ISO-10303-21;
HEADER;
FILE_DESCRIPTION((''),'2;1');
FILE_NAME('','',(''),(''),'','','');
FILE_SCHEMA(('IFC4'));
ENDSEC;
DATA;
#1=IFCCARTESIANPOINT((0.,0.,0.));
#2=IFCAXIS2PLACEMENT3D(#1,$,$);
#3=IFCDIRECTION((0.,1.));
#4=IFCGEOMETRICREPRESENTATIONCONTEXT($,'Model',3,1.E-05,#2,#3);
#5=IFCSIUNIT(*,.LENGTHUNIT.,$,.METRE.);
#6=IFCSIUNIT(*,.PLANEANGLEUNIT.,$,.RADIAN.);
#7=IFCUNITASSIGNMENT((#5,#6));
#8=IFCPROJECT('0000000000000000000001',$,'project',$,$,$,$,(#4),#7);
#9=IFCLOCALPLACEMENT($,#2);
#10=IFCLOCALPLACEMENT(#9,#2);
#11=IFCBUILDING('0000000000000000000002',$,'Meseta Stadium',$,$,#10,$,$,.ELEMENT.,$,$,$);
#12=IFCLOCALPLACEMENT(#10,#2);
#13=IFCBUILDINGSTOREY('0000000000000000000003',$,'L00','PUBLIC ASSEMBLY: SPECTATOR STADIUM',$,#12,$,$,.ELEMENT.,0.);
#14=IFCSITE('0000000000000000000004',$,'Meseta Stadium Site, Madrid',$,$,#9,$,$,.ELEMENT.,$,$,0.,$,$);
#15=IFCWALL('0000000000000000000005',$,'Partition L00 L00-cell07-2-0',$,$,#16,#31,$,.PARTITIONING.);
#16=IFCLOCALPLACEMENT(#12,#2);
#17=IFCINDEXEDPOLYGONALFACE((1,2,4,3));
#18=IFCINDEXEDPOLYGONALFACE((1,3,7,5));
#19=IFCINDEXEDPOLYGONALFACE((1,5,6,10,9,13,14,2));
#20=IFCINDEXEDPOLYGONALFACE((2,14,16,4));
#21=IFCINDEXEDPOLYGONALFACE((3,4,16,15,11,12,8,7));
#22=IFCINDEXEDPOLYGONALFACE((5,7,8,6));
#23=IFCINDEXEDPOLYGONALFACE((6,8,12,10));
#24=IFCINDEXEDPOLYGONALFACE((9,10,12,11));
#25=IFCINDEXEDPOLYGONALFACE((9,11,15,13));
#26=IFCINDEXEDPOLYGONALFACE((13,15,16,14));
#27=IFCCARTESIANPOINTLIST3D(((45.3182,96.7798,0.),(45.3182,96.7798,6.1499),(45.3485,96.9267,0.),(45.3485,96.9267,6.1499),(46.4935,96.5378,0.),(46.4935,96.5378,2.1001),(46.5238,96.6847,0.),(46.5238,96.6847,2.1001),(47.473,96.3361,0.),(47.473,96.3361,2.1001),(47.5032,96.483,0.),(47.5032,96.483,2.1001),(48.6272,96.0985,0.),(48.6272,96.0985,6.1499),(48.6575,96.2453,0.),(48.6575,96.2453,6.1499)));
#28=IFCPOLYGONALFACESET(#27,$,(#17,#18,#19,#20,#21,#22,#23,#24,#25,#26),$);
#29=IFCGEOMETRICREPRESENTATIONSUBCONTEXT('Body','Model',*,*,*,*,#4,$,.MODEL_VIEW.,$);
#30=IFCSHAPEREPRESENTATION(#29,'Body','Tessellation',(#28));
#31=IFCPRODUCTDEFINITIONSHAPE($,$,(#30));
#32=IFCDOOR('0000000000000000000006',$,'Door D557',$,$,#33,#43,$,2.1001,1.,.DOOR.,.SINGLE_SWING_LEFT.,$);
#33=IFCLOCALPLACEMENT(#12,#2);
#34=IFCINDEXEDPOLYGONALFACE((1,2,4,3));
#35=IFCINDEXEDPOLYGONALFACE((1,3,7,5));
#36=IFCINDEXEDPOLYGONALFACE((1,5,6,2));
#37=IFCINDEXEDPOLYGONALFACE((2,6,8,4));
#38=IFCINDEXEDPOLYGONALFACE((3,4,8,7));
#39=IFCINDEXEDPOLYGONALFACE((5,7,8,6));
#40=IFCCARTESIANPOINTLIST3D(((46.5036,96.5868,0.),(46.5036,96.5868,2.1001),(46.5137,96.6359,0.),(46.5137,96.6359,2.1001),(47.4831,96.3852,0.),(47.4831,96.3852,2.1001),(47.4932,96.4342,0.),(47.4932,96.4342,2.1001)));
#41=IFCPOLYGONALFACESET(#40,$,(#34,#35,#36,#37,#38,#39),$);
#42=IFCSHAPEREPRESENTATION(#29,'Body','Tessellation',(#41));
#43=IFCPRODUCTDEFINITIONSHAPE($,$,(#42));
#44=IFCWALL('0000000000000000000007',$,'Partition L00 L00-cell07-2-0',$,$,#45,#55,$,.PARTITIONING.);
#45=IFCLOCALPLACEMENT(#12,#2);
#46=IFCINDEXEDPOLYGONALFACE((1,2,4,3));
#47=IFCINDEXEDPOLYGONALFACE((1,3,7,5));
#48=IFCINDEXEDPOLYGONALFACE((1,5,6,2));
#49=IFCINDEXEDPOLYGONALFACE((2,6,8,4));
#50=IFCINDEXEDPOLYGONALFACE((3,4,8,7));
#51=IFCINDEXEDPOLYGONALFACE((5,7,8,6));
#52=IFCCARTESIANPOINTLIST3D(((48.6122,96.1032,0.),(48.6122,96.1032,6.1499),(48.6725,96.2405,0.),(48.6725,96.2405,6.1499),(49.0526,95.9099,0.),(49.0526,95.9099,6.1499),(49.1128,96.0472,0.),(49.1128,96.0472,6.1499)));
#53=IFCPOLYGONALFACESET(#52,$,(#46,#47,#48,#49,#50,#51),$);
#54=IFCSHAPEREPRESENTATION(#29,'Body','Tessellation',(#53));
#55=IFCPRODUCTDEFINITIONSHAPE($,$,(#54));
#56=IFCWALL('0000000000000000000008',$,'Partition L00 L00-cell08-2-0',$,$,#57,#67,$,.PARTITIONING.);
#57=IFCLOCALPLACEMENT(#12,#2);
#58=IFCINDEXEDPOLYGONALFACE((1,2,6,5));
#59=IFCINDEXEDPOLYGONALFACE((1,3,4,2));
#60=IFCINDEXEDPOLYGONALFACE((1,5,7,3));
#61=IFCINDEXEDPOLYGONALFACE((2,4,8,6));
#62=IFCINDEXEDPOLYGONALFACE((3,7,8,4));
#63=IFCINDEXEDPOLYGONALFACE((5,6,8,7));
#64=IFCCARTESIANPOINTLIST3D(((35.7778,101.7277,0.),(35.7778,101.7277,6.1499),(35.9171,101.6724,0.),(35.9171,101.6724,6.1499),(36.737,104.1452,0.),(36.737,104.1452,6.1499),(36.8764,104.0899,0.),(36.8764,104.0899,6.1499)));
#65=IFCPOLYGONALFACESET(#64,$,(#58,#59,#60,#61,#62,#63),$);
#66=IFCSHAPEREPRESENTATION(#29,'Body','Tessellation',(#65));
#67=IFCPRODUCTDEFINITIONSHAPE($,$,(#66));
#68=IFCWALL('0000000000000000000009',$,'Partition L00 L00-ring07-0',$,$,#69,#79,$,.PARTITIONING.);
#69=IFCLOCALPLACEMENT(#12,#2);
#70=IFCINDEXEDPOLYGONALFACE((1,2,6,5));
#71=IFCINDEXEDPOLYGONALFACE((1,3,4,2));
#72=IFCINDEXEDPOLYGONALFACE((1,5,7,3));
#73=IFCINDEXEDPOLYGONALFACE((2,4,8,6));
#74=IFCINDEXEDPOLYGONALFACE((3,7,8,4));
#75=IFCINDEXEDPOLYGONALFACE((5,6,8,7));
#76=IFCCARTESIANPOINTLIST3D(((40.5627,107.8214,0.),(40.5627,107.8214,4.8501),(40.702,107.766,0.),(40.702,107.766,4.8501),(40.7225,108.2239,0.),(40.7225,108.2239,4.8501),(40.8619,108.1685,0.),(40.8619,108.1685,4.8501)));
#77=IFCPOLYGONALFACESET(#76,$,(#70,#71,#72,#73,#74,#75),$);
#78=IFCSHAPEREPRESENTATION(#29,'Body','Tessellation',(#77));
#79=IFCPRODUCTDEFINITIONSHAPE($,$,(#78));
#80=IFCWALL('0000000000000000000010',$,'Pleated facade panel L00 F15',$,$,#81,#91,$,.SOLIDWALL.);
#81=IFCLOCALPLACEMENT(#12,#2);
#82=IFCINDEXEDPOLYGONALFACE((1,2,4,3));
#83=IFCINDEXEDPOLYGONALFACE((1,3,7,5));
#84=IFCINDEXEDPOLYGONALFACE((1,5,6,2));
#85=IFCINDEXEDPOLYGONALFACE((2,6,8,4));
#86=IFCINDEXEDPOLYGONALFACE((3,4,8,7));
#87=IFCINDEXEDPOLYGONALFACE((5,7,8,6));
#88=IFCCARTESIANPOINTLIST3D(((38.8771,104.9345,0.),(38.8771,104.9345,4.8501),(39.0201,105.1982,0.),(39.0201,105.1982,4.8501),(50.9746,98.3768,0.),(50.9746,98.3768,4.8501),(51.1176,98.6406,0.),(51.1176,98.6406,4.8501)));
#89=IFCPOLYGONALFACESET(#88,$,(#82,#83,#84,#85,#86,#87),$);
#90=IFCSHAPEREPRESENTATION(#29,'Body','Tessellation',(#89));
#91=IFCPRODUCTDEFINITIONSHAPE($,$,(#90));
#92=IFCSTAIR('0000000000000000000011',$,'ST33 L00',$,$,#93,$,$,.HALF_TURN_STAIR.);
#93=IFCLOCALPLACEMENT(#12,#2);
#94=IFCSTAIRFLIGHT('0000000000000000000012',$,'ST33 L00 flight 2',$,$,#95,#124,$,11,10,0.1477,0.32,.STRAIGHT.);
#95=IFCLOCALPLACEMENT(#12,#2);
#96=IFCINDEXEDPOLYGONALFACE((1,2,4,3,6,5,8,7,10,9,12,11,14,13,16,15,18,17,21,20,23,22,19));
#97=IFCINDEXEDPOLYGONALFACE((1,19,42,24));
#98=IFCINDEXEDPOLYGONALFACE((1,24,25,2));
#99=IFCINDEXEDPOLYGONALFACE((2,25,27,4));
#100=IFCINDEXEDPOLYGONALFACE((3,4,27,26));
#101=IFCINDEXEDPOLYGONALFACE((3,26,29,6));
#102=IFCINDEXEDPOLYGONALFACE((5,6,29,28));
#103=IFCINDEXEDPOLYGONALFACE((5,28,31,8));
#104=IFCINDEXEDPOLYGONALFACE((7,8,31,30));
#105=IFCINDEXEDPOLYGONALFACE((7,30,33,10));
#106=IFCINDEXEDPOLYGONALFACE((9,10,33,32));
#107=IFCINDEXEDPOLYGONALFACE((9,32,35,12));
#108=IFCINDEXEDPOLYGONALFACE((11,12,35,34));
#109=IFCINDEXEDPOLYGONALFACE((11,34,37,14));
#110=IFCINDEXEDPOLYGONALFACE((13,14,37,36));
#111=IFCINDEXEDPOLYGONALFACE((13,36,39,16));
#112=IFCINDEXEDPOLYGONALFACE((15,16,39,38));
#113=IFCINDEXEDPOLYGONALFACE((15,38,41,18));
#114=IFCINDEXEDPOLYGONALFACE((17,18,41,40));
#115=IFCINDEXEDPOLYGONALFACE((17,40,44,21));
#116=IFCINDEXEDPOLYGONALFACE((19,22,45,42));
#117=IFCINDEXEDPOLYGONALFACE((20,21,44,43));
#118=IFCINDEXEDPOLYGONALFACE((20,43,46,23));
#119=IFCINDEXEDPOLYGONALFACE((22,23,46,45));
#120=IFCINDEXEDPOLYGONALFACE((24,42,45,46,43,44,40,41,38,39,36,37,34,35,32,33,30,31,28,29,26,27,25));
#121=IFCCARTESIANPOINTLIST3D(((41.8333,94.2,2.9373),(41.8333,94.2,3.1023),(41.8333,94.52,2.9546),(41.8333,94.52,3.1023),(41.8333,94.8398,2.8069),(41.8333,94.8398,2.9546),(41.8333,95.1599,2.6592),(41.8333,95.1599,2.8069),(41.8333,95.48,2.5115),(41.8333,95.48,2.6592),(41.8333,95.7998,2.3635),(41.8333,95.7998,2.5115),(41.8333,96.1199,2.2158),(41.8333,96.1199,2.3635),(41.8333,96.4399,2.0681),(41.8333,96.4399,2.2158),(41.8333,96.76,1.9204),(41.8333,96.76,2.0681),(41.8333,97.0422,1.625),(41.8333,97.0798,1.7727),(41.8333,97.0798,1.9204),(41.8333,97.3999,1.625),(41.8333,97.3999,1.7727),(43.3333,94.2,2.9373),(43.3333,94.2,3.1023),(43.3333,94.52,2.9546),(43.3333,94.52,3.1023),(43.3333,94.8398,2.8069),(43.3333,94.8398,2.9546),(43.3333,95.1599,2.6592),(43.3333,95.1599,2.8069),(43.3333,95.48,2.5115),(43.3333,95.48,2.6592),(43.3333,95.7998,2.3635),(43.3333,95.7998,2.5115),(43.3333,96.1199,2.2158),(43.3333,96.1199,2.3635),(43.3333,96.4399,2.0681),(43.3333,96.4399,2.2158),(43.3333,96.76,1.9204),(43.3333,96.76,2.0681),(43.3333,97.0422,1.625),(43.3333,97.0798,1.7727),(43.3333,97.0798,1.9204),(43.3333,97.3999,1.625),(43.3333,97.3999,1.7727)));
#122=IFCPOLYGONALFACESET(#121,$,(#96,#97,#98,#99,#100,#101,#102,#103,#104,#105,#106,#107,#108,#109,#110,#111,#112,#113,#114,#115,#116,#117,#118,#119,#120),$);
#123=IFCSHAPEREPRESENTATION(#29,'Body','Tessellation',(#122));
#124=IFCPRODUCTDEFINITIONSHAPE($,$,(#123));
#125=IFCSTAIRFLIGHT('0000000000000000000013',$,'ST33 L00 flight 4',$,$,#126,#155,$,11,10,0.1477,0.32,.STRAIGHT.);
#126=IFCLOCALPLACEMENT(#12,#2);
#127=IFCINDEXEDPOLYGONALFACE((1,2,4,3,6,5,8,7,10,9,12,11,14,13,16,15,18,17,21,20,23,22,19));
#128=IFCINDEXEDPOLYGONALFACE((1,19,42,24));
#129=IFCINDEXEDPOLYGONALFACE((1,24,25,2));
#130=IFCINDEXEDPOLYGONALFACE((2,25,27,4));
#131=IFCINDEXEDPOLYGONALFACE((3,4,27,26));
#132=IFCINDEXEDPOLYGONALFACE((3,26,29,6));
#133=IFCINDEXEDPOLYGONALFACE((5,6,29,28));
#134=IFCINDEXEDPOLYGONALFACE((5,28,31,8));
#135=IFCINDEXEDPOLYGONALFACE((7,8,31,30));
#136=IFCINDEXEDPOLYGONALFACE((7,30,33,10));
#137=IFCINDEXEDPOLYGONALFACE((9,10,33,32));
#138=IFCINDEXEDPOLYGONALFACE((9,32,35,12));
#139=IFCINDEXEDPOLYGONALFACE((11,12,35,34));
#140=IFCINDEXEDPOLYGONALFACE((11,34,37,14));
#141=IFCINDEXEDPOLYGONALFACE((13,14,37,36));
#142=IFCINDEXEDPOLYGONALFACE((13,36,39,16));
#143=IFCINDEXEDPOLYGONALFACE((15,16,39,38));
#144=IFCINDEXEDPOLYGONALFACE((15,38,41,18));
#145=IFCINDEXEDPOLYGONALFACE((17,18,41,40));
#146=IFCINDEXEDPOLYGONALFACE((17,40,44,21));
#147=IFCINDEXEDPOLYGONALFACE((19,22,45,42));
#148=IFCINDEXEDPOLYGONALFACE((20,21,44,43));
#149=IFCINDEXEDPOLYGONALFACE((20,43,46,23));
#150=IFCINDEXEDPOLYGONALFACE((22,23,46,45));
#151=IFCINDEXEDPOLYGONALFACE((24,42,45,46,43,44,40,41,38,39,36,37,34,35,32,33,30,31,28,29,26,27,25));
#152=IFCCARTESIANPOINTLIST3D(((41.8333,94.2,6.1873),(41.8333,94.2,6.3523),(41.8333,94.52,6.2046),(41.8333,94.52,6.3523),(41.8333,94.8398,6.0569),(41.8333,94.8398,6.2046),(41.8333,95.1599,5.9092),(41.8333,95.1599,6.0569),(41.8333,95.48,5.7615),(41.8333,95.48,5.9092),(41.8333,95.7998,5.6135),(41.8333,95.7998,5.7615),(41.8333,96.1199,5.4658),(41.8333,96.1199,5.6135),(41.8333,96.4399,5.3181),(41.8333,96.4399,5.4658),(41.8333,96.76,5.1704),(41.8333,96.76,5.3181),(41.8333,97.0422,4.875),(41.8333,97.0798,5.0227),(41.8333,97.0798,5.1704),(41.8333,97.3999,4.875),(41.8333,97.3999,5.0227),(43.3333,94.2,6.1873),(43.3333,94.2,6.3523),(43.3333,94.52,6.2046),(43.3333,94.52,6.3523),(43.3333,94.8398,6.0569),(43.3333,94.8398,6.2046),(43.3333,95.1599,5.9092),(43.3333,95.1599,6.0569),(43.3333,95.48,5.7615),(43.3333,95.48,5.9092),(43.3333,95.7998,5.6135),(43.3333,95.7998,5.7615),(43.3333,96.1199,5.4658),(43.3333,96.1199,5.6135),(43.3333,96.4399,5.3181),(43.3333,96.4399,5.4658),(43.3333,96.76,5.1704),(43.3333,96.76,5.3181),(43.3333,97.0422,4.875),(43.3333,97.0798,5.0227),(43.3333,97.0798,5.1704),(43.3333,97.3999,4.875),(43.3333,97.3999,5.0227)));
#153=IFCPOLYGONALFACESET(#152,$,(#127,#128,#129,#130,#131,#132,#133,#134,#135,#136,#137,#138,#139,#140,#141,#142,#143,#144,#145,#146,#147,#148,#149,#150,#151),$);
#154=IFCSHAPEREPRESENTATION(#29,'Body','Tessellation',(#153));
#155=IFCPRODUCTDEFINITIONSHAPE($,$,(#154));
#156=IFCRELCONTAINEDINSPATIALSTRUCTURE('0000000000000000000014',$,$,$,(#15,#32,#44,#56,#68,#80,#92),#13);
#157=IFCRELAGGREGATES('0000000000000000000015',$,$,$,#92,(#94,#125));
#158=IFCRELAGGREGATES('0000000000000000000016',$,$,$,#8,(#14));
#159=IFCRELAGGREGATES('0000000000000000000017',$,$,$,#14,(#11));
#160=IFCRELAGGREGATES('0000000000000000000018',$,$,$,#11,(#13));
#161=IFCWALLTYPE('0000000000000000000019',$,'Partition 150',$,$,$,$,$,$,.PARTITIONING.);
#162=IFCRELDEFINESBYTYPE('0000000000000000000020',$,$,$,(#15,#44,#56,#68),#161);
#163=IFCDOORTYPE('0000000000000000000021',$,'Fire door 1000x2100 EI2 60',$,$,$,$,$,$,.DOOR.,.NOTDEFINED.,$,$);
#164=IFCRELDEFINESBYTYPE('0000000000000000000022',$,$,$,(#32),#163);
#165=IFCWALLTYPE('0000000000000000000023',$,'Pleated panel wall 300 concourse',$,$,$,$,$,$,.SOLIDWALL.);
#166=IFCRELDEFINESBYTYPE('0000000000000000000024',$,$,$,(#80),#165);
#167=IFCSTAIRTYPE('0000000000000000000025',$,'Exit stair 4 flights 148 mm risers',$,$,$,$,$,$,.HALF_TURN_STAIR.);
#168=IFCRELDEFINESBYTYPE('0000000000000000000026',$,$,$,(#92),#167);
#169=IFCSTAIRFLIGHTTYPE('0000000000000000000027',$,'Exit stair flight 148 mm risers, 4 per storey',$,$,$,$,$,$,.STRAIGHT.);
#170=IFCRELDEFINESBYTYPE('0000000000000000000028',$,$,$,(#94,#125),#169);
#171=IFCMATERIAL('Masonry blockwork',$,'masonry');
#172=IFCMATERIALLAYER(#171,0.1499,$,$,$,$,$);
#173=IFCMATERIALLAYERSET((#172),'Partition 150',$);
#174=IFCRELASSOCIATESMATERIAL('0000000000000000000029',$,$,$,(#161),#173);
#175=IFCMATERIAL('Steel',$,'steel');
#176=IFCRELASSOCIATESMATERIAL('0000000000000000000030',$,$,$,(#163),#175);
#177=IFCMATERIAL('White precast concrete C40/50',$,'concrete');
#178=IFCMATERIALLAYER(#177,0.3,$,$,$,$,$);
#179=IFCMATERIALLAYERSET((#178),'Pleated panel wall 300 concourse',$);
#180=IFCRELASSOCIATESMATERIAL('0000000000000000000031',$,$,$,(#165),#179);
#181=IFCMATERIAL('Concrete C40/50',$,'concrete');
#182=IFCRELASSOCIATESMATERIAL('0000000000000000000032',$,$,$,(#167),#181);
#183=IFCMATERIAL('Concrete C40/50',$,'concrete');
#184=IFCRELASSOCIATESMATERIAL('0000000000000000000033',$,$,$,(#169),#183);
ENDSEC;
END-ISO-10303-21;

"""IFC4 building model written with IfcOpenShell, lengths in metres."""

from ifc_helpers import new_model, si_unit, direction, frame, frame_2d, origin, place, context, subcontext, project, spatial, polyline, rectangle, outline, extrude, material, layer, layer_set, type_object, element, fill, aggregate, save


model = new_model("IFC4")

# Units and contexts
model_context = context("Model", 3, precision=1e-05, world=origin(), true_north=direction((0.0, 1.0)))
body_context = subcontext(model_context, "Body", "Model", "MODEL_VIEW")
ifc_project = project(units=[si_unit("LENGTHUNIT", "METRE"), si_unit("PLANEANGLEUNIT", "RADIAN")], contexts=[model_context])

# Site, building, storey
site_placement = place(None, origin())
site = spatial("IfcSite", under=ifc_project, at=site_placement, Name="Meseta Stadium Site, Madrid", CompositionType="ELEMENT", RefElevation=0.0)
building_placement = place(site_placement, origin())
building = spatial("IfcBuilding", under=site, at=building_placement, Name="Meseta Stadium", CompositionType="ELEMENT")
storey_placement = place(building_placement, origin())
storey = spatial("IfcBuildingStorey", under=building, at=storey_placement, Name="L00", Description="PUBLIC ASSEMBLY: SPECTATOR STADIUM", CompositionType="ELEMENT", Elevation=0.0)

# Wall, opening, door
ifc_material_1 = material(Name="Masonry blockwork", Category="masonry")
ifc_layer_1 = layer(ifc_material_1, 0.1499)
ifc_layer_set_1 = layer_set([ifc_layer_1], Name="Partition 150")
wall_type_1 = type_object("IfcWallType", Name="Partition 150", PredefinedType="PARTITIONING", material=ifc_layer_set_1)
wall_1_placement = place(storey_placement, frame((48.6423, 96.1719, 0.0), z_axis=(0.0, 0.0, 1.0), x_axis=(-0.97945, 0.201686, 0.0)))
wall_1 = element("IfcWall", 1, at=wall_1_placement, inside=storey, type_object=wall_type_1, Name="Partition L00 L00-cell07-2-0", PredefinedType="PARTITIONING", context=body_context, shape_type="SweptSolid", body=[
    extrude(rectangle(XDim=3.3784, YDim=0.1499, at=frame_2d((1.6892, 0.0))), origin(), (0.0, 0.0, 1.0), 6.1499),
])
opening_placement = place(wall_1_placement, frame((1.1785, 0.0, 0.0)))
opening = element("IfcOpeningElement", 2, at=opening_placement, cuts=wall_1, PredefinedType="OPENING", context=body_context, shape_type="SweptSolid", body=[
    extrude(rectangle(XDim=1.0, YDim=2.1001, at=frame_2d((0.5, 1.05))), frame((0.0, 0.085, 0.0), z_axis=(0.0, -1.0, 0.0), x_axis=(1.0, 0.0, 0.0)), (0.0, 0.0, 1.0), 0.1699),
])
ifc_material_2 = material(Name="Steel", Category="steel")
door_type = type_object("IfcDoorType", Name="Fire door 1000x2100 EI2 60", OperationType="NOTDEFINED", PredefinedType="DOOR", material=ifc_material_2)
door_placement = place(opening_placement, origin())
door = element("IfcDoor", 3, at=door_placement, inside=storey, type_object=door_type, Name="Door D557", OperationType="SINGLE_SWING_LEFT", OverallHeight=2.1001, OverallWidth=1.0, PredefinedType="DOOR", context=body_context, shape_type="SweptSolid", body=[
    extrude(rectangle(XDim=1.0, YDim=2.1001, at=frame_2d((0.5, 1.05))), frame((0.0, 0.0249, 0.0), z_axis=(0.0, -1.0, 0.0), x_axis=(1.0, 0.0, 0.0)), (0.0, 0.0, 1.0), 0.05),
])
fill(opening, door)

# Walls
wall_2_placement = place(storey_placement, frame((48.6423, 96.1719, 0.0), z_axis=(0.0, 0.0, 1.0), x_axis=(0.915644, -0.40199, 0.0)))
element("IfcWall", 4, at=wall_2_placement, inside=storey, type_object=wall_type_1, Name="Partition L00 L00-cell07-2-0", PredefinedType="PARTITIONING", context=body_context, shape_type="SweptSolid", body=[
    extrude(rectangle(XDim=0.481, YDim=0.1499, at=frame_2d((0.2405, 0.0))), origin(), (0.0, 0.0, 1.0), 6.1499),
])
wall_3_placement = place(storey_placement, frame((36.8066, 104.1174, 0.0), z_axis=(0.0, 0.0, 1.0), x_axis=(-0.368816, -0.929502, 0.0)))
element("IfcWall", 5, at=wall_3_placement, inside=storey, type_object=wall_type_1, Name="Partition L00 L00-cell08-2-0", PredefinedType="PARTITIONING", context=body_context, shape_type="SweptSolid", body=[
    extrude(rectangle(XDim=2.6008, YDim=0.1499, at=frame_2d((1.3003, 0.0))), origin(), (0.0, 0.0, 1.0), 6.1499),
])
wall_4_placement = place(storey_placement, frame((40.6323, 107.7937, 0.0), z_axis=(0.0, 0.0, 1.0), x_axis=(0.369155, 0.929368, 0.0)))
element("IfcWall", 6, at=wall_4_placement, inside=storey, type_object=wall_type_1, Name="Partition L00 L00-ring07-0", PredefinedType="PARTITIONING", context=body_context, shape_type="SweptSolid", body=[
    extrude(rectangle(XDim=0.4331, YDim=0.1499, at=frame_2d((0.2166, 0.0))), origin(), (0.0, 0.0, 1.0), 4.8501),
])
ifc_material_3 = material(Name="White precast concrete C40/50", Category="concrete")
ifc_layer_2 = layer(ifc_material_3, 0.3)
ifc_layer_set_2 = layer_set([ifc_layer_2], Name="Pleated panel wall 300 concourse")
wall_type_2 = type_object("IfcWallType", Name="Pleated panel wall 300 concourse", PredefinedType="SOLIDWALL", material=ifc_layer_set_2)
wall_5_placement = place(storey_placement, frame((38.9485, 105.0664, 0.0), z_axis=(0.0, 0.0, 1.0), x_axis=(0.879144, -0.476556, 0.0)))
element("IfcWall", 7, at=wall_5_placement, inside=storey, type_object=wall_type_2, Name="Pleated facade panel L00 F15", PredefinedType="SOLIDWALL", context=body_context, shape_type="SweptSolid", body=[
    extrude(rectangle(XDim=13.7605, YDim=0.3, at=frame_2d((6.8804, 0.0))), origin(), (0.0, 0.0, 1.0), 4.8501),
])

# Stair, stair flights
ifc_material_4 = material(Name="Concrete C40/50", Category="concrete")
stair_type = type_object("IfcStairType", Name="Exit stair 4 flights 148 mm risers", PredefinedType="HALF_TURN_STAIR", material=ifc_material_4)
stair_1_placement = place(storey_placement, origin())
stair_1 = element("IfcStair", 8, at=stair_1_placement, inside=storey, type_object=stair_type, Name="ST33 L00", PredefinedType="HALF_TURN_STAIR")
ifc_material_5 = material(Name="Concrete C40/50", Category="concrete")
stair_flight_type = type_object("IfcStairFlightType", Name="Exit stair flight 148 mm risers, 4 per storey", PredefinedType="STRAIGHT", material=ifc_material_5)
stair_flight_1_placement = place(storey_placement, frame((42.5833, 97.3999, 1.625), z_axis=(0.0, 0.0, 1.0), x_axis=(0.0, -1.0, 0.0)))
stair_flight_1 = element("IfcStairFlight", 9, at=stair_flight_1_placement, type_object=stair_flight_type, Name="ST33 L00 flight 2", NumberOfRisers=11, NumberOfTreads=10, PredefinedType="STRAIGHT", RiserHeight=0.1477, TreadLength=0.32, context=body_context, shape_type="SweptSolid", body=[
    extrude(outline(polyline([(0.0, 0.0), (0.0, 0.1477), (0.3201, 0.1477), (0.3201, 0.2954), (0.6399, 0.2954), (0.6399, 0.4431), (0.96, 0.4431), (0.96, 0.5908), (1.28, 0.5908), (1.28, 0.7385), (1.6001, 0.7385), (1.6001, 0.8865), (1.9199, 0.8865), (1.9199, 1.0342), (2.24, 1.0342), (2.24, 1.1819), (2.5601, 1.1819), (2.5601, 1.3296), (2.8799, 1.3296), (2.8799, 1.4773), (3.2, 1.4773), (3.2, 1.3123), (0.3577, 0.0), (0.0, 0.0)])), frame((0.0, 0.75, 0.0), z_axis=(0.0, -1.0, 0.0), x_axis=(1.0, 0.0, 0.0)), (0.0, 0.0, 1.0), 1.5),
])
stair_flight_2_placement = place(storey_placement, frame((42.5833, 97.3999, 4.875), z_axis=(0.0, 0.0, 1.0), x_axis=(0.0, -1.0, 0.0)))
stair_flight_2 = element("IfcStairFlight", 10, at=stair_flight_2_placement, type_object=stair_flight_type, Name="ST33 L00 flight 4", NumberOfRisers=11, NumberOfTreads=10, PredefinedType="STRAIGHT", RiserHeight=0.1477, TreadLength=0.32, context=body_context, shape_type="SweptSolid", body=[
    extrude(outline(polyline([(0.0, 0.0), (0.0, 0.1477), (0.3201, 0.1477), (0.3201, 0.2954), (0.6399, 0.2954), (0.6399, 0.4431), (0.96, 0.4431), (0.96, 0.5908), (1.28, 0.5908), (1.28, 0.7385), (1.6001, 0.7385), (1.6001, 0.8865), (1.9199, 0.8865), (1.9199, 1.0342), (2.24, 1.0342), (2.24, 1.1819), (2.5601, 1.1819), (2.5601, 1.3296), (2.8799, 1.3296), (2.8799, 1.4773), (3.2, 1.4773), (3.2, 1.3123), (0.3577, 0.0), (0.0, 0.0)])), frame((0.0, 0.75, 0.0), z_axis=(0.0, -1.0, 0.0), x_axis=(1.0, 0.0, 0.0)), (0.0, 0.0, 1.0), 1.5),
])
aggregate(stair_1, [stair_flight_1, stair_flight_2])

save(model, "model.ifc")
